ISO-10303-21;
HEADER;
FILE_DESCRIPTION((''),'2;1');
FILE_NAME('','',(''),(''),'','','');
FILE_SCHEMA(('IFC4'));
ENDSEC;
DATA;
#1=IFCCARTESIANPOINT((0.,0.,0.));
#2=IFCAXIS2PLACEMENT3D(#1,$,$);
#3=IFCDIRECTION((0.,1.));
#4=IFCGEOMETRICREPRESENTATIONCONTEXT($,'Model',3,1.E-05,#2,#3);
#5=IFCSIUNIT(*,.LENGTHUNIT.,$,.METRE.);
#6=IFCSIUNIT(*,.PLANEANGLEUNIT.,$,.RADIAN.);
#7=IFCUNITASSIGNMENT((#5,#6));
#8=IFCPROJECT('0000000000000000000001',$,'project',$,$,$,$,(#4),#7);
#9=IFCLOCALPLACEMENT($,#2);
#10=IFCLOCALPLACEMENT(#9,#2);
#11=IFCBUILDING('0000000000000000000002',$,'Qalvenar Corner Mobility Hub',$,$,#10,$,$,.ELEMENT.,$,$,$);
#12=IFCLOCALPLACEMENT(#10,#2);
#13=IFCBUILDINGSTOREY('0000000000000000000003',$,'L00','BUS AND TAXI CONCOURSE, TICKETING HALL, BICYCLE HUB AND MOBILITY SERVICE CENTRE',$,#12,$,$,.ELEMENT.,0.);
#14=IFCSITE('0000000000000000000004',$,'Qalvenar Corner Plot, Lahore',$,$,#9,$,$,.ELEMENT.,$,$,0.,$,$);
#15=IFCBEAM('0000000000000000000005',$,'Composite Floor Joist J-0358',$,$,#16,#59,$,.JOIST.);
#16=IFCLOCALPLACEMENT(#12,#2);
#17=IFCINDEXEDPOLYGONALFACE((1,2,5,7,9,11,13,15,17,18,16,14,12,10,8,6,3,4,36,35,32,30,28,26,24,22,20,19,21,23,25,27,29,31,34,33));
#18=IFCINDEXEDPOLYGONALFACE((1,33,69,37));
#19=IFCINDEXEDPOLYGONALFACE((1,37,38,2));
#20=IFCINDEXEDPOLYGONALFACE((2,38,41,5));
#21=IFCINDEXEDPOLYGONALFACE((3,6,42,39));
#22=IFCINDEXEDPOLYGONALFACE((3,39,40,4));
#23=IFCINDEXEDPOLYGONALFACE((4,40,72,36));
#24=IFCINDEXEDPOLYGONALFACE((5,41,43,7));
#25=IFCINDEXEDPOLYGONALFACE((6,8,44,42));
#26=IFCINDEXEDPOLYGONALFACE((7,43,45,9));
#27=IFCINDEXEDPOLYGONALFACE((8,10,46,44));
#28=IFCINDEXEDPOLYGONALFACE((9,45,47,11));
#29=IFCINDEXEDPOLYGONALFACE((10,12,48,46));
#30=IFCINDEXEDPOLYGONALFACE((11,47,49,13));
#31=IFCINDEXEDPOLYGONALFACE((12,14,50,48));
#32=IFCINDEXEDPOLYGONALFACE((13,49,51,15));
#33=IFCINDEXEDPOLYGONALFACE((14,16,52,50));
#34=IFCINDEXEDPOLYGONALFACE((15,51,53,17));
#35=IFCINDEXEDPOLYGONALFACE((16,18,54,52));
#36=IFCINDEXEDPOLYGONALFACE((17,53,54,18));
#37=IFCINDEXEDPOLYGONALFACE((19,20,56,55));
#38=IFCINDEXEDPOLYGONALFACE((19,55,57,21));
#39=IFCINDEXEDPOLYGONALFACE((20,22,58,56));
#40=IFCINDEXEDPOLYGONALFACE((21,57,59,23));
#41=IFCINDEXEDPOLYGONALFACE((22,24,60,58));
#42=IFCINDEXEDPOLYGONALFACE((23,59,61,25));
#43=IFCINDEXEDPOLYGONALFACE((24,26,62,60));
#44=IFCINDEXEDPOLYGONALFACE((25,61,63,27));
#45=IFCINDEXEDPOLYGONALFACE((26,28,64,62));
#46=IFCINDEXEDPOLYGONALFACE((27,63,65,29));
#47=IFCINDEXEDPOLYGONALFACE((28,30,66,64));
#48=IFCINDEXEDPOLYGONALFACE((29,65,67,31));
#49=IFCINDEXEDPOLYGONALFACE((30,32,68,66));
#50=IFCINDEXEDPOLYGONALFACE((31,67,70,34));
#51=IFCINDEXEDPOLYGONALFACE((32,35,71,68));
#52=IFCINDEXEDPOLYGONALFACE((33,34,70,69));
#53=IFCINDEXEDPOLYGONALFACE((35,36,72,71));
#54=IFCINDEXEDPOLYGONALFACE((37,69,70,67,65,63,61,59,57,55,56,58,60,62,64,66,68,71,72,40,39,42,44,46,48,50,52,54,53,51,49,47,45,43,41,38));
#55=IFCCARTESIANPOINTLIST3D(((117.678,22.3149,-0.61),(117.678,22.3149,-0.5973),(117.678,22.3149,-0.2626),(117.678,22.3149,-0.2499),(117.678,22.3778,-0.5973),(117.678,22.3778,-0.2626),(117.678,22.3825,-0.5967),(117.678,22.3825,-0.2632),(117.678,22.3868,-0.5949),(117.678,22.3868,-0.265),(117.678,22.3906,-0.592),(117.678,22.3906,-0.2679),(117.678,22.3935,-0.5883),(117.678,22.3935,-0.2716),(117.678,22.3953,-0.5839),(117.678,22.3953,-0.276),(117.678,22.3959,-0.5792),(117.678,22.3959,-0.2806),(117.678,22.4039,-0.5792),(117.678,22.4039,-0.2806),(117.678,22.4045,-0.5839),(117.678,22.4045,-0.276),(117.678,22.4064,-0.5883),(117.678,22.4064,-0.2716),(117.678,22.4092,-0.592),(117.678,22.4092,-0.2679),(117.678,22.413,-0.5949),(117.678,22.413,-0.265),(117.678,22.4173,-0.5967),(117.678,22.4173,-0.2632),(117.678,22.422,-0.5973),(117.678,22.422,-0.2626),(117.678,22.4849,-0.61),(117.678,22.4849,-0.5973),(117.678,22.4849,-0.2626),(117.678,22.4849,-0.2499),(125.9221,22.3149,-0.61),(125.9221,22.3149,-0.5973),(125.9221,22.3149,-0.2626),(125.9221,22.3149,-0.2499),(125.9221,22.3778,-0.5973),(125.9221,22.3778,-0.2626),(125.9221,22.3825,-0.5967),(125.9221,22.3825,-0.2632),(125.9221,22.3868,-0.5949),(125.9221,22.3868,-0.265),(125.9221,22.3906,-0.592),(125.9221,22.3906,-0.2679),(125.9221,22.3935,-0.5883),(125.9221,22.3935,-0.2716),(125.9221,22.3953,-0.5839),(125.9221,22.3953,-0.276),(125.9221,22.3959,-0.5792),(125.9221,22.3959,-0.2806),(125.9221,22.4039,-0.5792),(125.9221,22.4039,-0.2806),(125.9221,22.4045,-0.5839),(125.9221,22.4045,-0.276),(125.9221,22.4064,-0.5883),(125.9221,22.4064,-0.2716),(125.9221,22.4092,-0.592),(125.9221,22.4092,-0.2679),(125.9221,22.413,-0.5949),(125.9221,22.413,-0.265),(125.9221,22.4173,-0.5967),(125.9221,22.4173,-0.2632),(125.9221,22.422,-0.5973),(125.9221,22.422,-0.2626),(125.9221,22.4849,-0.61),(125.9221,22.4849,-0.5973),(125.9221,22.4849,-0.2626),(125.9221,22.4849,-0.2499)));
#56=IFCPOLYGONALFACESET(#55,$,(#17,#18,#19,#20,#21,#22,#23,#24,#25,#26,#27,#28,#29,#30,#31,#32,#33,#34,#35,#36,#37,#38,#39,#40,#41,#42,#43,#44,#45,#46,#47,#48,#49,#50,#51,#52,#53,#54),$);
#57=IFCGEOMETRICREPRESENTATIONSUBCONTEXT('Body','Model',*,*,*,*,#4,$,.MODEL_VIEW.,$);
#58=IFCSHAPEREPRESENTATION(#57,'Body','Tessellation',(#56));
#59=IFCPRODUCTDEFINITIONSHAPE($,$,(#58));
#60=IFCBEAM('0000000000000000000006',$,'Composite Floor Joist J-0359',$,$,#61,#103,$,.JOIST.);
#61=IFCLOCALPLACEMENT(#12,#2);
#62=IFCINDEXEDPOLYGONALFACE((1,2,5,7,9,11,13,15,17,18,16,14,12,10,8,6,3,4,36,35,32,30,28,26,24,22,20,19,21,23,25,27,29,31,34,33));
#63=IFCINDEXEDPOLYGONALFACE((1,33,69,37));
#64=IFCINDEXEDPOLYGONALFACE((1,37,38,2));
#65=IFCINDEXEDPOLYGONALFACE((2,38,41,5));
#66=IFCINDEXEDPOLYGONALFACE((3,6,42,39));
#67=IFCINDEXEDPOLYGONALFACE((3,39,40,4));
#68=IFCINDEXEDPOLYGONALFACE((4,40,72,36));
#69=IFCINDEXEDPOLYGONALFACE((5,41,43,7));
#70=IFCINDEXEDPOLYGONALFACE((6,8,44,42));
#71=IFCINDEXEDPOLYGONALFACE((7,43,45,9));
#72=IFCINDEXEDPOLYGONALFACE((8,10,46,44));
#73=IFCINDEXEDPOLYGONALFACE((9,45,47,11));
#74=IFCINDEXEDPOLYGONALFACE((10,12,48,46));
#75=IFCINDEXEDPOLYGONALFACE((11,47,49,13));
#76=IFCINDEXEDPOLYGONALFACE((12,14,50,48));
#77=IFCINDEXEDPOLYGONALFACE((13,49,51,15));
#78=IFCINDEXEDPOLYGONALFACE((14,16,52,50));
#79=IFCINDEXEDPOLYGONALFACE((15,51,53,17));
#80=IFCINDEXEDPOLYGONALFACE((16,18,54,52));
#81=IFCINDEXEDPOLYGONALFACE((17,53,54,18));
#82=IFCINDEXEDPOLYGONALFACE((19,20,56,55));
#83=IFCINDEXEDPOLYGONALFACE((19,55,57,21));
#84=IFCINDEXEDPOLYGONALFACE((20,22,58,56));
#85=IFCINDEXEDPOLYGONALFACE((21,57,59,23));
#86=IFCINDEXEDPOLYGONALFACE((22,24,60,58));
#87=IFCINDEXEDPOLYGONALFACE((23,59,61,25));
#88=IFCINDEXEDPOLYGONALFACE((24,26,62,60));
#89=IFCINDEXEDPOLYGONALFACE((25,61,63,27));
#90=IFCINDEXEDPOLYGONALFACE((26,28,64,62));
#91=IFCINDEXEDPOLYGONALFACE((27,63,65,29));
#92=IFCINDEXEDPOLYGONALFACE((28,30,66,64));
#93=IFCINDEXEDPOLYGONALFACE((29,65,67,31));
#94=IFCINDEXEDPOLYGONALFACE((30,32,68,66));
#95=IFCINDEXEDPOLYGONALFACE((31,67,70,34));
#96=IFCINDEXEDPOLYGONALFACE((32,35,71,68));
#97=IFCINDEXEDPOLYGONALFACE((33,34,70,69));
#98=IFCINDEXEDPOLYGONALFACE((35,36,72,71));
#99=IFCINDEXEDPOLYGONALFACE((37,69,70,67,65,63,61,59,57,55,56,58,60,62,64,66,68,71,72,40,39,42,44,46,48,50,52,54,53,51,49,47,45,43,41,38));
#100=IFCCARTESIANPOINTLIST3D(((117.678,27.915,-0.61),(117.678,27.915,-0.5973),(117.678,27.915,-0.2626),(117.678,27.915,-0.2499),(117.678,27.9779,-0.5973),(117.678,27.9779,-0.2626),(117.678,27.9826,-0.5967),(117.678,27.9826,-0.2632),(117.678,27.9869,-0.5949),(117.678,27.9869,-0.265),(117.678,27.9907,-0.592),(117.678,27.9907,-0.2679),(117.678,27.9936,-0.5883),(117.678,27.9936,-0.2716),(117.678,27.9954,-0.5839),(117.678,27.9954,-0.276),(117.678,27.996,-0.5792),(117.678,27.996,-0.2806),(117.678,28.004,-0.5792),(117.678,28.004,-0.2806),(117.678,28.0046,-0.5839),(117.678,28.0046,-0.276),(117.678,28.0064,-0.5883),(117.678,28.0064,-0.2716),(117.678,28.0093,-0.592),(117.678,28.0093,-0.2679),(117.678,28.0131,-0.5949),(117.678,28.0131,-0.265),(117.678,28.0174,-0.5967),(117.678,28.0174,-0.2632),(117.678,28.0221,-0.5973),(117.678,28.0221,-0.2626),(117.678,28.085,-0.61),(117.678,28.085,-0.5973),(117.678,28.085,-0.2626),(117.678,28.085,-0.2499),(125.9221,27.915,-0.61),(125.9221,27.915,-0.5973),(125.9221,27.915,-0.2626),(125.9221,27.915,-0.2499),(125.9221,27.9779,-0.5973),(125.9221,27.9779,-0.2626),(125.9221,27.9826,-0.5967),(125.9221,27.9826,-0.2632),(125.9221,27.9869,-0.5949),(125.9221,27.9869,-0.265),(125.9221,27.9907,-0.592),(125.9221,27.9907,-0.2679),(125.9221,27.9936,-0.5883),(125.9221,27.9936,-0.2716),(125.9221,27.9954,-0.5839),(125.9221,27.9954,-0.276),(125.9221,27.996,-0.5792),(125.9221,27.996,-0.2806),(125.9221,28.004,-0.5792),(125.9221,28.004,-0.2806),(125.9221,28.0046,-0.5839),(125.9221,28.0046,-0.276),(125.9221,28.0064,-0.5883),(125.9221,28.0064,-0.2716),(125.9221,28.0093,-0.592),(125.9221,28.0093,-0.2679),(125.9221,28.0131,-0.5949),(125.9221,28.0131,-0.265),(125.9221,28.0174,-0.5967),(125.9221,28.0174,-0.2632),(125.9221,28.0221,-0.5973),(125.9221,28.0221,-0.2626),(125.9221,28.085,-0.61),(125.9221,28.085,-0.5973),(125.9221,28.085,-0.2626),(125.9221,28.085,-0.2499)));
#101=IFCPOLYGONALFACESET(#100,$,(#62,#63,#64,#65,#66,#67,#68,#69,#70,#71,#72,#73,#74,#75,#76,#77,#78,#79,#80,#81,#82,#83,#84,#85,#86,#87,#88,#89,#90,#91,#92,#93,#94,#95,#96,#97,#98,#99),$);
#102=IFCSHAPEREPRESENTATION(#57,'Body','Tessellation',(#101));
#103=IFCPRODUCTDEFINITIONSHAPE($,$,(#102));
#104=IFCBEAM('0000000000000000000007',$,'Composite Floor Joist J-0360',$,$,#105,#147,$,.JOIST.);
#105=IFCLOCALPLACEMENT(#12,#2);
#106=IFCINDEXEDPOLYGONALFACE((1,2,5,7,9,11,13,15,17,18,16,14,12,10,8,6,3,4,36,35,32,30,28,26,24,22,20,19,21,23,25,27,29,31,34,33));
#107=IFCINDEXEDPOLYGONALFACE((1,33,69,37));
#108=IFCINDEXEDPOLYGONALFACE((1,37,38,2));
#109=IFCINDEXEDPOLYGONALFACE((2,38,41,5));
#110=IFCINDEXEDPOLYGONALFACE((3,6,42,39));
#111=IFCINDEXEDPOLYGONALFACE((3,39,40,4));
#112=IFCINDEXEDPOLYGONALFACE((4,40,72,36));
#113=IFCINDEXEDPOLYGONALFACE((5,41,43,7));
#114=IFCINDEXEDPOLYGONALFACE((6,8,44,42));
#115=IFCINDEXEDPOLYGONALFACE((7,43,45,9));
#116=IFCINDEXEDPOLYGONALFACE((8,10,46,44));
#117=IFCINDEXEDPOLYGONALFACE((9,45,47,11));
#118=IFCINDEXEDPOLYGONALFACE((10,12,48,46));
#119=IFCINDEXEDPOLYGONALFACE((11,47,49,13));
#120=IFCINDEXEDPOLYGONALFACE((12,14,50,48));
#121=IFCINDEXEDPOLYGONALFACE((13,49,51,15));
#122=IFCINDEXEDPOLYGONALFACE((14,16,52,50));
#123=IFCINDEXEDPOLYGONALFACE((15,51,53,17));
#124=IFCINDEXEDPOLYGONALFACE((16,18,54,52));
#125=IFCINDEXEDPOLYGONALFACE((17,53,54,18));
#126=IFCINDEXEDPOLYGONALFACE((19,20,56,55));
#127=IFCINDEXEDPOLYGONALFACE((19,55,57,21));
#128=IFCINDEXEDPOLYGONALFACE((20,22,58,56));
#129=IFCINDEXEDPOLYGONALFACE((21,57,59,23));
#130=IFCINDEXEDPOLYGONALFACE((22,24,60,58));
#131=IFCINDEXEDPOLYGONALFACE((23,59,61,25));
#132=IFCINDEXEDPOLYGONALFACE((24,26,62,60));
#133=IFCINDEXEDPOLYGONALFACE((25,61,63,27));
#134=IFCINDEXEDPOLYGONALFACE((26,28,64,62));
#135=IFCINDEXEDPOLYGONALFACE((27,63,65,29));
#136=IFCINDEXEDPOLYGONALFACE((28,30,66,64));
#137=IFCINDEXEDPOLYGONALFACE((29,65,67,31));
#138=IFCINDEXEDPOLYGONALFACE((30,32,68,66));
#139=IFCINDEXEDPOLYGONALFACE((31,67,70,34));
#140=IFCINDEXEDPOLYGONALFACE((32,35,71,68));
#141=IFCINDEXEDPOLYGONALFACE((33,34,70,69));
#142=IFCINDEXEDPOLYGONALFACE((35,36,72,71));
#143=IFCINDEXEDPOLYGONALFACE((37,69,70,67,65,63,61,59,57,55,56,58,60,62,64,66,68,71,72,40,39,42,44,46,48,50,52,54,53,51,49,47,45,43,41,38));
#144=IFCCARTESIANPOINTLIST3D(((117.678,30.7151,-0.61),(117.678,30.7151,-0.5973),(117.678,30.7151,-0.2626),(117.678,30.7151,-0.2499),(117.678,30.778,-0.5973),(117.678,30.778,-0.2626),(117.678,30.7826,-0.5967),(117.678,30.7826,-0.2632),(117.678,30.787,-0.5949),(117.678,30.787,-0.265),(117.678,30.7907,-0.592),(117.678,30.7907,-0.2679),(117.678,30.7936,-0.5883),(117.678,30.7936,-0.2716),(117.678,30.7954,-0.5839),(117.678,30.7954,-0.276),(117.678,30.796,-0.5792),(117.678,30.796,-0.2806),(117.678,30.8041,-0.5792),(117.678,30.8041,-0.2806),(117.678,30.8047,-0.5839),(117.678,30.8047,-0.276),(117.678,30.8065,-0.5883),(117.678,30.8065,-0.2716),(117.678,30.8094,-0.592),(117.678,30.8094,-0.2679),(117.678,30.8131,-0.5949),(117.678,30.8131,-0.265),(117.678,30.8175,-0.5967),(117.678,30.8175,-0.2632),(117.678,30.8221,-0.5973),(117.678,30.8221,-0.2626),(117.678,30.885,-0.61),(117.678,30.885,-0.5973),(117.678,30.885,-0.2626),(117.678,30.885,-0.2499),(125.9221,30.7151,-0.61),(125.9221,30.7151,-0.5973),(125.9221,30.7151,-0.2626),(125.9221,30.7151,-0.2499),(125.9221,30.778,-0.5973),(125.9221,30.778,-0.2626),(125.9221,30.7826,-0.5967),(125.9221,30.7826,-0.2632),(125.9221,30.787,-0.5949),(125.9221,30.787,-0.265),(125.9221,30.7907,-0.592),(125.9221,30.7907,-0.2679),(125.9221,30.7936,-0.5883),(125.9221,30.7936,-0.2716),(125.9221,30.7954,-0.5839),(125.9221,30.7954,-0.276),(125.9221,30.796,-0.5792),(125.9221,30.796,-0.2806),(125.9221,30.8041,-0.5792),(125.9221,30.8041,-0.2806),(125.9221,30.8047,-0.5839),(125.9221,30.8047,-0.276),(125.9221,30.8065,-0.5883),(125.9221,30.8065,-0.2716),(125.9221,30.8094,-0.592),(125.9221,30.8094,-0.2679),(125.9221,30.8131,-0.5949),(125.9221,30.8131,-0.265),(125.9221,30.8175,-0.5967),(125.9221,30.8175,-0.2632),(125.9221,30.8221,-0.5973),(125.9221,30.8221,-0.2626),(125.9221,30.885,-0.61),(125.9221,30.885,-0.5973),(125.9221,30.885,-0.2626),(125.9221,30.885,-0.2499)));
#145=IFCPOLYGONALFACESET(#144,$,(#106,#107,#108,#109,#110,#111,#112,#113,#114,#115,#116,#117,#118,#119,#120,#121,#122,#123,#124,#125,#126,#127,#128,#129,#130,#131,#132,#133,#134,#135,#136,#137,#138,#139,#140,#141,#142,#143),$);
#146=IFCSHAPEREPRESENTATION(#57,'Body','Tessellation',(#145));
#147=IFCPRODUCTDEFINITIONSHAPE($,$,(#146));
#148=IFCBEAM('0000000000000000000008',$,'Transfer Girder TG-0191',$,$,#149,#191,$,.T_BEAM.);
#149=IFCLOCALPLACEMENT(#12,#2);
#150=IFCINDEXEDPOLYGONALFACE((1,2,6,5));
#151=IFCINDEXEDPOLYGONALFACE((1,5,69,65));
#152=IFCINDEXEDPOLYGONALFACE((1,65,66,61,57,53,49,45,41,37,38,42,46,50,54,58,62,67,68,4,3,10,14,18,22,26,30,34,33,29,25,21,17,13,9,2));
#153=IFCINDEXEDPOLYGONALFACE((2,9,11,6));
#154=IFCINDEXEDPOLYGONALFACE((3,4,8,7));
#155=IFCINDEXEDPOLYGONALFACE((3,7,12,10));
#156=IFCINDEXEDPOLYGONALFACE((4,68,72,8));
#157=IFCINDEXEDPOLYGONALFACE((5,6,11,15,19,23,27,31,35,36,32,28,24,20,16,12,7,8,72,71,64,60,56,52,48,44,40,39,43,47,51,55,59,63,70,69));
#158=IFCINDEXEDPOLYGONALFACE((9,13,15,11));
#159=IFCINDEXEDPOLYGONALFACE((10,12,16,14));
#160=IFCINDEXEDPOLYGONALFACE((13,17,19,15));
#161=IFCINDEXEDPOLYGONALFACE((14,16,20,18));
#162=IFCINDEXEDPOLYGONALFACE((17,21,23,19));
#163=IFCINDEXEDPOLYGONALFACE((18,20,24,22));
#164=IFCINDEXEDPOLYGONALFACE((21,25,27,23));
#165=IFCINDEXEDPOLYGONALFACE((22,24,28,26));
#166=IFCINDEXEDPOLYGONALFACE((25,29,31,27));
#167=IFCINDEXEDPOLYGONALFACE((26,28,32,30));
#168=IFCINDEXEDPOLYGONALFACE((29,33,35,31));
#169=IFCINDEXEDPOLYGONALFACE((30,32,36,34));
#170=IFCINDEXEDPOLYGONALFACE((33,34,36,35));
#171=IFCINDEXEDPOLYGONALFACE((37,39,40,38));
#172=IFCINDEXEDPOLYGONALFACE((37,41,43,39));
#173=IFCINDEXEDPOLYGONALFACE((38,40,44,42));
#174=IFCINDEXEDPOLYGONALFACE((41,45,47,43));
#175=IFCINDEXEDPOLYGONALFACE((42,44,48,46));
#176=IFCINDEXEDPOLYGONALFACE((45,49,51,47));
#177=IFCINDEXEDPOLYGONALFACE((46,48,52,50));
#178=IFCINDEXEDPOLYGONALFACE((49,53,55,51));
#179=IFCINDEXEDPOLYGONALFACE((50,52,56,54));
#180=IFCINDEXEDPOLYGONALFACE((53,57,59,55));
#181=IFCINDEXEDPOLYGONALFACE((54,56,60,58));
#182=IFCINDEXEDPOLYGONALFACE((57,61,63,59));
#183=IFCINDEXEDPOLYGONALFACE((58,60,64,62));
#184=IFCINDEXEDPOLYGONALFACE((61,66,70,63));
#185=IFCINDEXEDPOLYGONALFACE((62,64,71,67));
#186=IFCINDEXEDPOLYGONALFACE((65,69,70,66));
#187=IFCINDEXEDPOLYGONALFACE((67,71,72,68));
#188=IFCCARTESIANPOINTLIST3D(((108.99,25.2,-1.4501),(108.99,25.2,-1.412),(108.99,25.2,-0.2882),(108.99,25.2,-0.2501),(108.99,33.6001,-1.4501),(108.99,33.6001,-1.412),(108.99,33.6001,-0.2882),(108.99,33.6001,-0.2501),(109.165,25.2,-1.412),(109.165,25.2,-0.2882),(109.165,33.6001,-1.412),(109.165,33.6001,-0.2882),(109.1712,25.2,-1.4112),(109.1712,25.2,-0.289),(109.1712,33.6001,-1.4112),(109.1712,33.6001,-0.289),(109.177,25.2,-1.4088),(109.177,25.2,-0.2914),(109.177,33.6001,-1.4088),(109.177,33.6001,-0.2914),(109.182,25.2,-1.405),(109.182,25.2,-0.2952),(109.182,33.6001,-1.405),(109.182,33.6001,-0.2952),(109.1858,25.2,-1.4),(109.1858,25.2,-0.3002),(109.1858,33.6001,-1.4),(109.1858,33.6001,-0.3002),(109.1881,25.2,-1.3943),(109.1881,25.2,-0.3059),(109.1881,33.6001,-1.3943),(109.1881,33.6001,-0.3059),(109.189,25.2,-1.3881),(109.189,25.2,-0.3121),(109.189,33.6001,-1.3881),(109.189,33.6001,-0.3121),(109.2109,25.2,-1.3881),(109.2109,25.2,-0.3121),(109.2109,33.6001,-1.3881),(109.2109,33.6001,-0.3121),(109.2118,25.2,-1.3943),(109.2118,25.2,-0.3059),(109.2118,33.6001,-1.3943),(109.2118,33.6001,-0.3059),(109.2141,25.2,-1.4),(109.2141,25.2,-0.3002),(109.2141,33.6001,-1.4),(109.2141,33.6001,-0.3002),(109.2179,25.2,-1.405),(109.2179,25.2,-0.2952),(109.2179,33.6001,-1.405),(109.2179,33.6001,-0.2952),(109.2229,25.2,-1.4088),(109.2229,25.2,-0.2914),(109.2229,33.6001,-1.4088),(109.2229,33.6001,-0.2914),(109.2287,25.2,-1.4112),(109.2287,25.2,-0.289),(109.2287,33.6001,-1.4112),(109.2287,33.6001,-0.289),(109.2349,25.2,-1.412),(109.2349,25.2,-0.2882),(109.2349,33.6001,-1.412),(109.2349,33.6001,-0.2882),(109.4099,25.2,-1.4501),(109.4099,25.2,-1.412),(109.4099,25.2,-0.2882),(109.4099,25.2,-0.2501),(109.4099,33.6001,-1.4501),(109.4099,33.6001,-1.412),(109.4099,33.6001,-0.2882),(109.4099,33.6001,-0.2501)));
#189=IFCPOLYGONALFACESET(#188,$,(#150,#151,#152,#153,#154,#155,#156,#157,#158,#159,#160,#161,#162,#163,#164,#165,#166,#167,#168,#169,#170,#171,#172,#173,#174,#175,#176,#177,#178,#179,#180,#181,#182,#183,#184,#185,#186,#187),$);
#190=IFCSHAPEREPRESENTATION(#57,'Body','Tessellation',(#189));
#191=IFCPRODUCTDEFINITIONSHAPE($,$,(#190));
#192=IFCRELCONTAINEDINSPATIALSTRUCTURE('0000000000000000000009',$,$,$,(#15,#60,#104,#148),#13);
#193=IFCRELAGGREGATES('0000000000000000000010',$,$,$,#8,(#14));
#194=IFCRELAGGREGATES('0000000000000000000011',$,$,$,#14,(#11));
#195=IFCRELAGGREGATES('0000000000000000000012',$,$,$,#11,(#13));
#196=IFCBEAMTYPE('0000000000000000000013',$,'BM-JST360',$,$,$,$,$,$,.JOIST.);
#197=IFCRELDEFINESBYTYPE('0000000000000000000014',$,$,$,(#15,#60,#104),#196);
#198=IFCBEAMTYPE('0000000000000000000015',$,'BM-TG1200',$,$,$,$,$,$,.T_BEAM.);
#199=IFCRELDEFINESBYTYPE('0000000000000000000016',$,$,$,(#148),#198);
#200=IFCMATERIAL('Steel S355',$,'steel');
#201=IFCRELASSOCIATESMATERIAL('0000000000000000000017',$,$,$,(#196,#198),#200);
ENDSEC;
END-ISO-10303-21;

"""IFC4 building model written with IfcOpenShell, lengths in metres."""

from ifc_helpers import new_model, si_unit, direction, frame, origin, origin_2d, place, context, subcontext, project, spatial, i_section, extrude, material, material_profile, profile_set, type_object, element, save


model = new_model("IFC4")

# Units and contexts
model_context = context("Model", 3, precision=1e-05, world=origin(), true_north=direction((0.0, 1.0)))
body_context = subcontext(model_context, "Body", "Model", "MODEL_VIEW")
ifc_project = project(units=[si_unit("LENGTHUNIT", "METRE"), si_unit("PLANEANGLEUNIT", "RADIAN")], contexts=[model_context])

# Site, building, storey
site_placement = place(None, origin())
site = spatial("IfcSite", under=ifc_project, at=site_placement, Name="Qalvenar Corner Plot, Lahore", CompositionType="ELEMENT", RefElevation=0.0)
building_placement = place(site_placement, origin())
building = spatial("IfcBuilding", under=site, at=building_placement, Name="Qalvenar Corner Mobility Hub", CompositionType="ELEMENT")
storey_placement = place(building_placement, origin())
storey = spatial("IfcBuildingStorey", under=building, at=storey_placement, Name="L00", Description="BUS AND TAXI CONCOURSE, TICKETING HALL, BICYCLE HUB AND MOBILITY SERVICE CENTRE", CompositionType="ELEMENT", Elevation=0.0)

# Shared definitions
ifc_material_1 = material(Name="Steel S355", Category="steel")

# Beams
ifc_material_profile_1 = material_profile(ifc_material_1, i_section(OverallWidth=0.1699, OverallDepth=0.3601, WebThickness=0.0081, FlangeThickness=0.0127, FilletRadius=0.0181, at=origin_2d()), Name="IPE360")
ifc_profile_set_1 = profile_set([ifc_material_profile_1], Name="Steel S355")
beam_type_1 = type_object("IfcBeamType", Name="BM-JST360", PredefinedType="JOIST", material=ifc_profile_set_1)
for number, where, z_axis, x_axis, name in (
    (1, (117.678, 22.3999, -0.4299), (1.0, 0.0, 0.0), (0.0, 1.0, 0.0), "Composite Floor Joist J-0358"),
    (2, (117.678, 28.0, -0.4299), (1.0, 0.0, 0.0), (0.0, 1.0, 0.0), "Composite Floor Joist J-0359"),
    (3, (117.678, 30.8, -0.4299), (1.0, 0.0, 0.0), (0.0, 1.0, 0.0), "Composite Floor Joist J-0360"),
):
    element("IfcBeam", number, at=place(storey_placement, frame(where, z_axis=z_axis, x_axis=x_axis)), inside=storey, type_object=beam_type_1, Name=name, PredefinedType="JOIST", context=body_context, shape_type="SweptSolid", body=[
        extrude(i_section(OverallWidth=0.1699, OverallDepth=0.3601, WebThickness=0.0081, FlangeThickness=0.0127, FilletRadius=0.0181, at=origin_2d()), origin(), (0.0, 0.0, 1.0), 8.2441),
    ])
ifc_material_profile_2 = material_profile(ifc_material_1, i_section(OverallWidth=0.4199, OverallDepth=1.2, WebThickness=0.022, FlangeThickness=0.0381, FilletRadius=0.0239, at=origin_2d()), Name="W1100x390-TG1200")
ifc_profile_set_2 = profile_set([ifc_material_profile_2], Name="Steel S355")
beam_type_2 = type_object("IfcBeamType", Name="BM-TG1200", PredefinedType="T_BEAM", material=ifc_profile_set_2)
beam_1_placement = place(storey_placement, frame((109.2, 25.2, -0.8501), z_axis=(0.0, 1.0, 0.0), x_axis=(-1.0, 0.0, 0.0)))
element("IfcBeam", 4, at=beam_1_placement, inside=storey, type_object=beam_type_2, Name="Transfer Girder TG-0191", PredefinedType="T_BEAM", context=body_context, shape_type="SweptSolid", body=[
    extrude(i_section(OverallWidth=0.4199, OverallDepth=1.2, WebThickness=0.022, FlangeThickness=0.0381, FilletRadius=0.0239, at=origin_2d()), origin(), (0.0, 0.0, 1.0), 8.4001),
])

save(model, "model.ifc")
